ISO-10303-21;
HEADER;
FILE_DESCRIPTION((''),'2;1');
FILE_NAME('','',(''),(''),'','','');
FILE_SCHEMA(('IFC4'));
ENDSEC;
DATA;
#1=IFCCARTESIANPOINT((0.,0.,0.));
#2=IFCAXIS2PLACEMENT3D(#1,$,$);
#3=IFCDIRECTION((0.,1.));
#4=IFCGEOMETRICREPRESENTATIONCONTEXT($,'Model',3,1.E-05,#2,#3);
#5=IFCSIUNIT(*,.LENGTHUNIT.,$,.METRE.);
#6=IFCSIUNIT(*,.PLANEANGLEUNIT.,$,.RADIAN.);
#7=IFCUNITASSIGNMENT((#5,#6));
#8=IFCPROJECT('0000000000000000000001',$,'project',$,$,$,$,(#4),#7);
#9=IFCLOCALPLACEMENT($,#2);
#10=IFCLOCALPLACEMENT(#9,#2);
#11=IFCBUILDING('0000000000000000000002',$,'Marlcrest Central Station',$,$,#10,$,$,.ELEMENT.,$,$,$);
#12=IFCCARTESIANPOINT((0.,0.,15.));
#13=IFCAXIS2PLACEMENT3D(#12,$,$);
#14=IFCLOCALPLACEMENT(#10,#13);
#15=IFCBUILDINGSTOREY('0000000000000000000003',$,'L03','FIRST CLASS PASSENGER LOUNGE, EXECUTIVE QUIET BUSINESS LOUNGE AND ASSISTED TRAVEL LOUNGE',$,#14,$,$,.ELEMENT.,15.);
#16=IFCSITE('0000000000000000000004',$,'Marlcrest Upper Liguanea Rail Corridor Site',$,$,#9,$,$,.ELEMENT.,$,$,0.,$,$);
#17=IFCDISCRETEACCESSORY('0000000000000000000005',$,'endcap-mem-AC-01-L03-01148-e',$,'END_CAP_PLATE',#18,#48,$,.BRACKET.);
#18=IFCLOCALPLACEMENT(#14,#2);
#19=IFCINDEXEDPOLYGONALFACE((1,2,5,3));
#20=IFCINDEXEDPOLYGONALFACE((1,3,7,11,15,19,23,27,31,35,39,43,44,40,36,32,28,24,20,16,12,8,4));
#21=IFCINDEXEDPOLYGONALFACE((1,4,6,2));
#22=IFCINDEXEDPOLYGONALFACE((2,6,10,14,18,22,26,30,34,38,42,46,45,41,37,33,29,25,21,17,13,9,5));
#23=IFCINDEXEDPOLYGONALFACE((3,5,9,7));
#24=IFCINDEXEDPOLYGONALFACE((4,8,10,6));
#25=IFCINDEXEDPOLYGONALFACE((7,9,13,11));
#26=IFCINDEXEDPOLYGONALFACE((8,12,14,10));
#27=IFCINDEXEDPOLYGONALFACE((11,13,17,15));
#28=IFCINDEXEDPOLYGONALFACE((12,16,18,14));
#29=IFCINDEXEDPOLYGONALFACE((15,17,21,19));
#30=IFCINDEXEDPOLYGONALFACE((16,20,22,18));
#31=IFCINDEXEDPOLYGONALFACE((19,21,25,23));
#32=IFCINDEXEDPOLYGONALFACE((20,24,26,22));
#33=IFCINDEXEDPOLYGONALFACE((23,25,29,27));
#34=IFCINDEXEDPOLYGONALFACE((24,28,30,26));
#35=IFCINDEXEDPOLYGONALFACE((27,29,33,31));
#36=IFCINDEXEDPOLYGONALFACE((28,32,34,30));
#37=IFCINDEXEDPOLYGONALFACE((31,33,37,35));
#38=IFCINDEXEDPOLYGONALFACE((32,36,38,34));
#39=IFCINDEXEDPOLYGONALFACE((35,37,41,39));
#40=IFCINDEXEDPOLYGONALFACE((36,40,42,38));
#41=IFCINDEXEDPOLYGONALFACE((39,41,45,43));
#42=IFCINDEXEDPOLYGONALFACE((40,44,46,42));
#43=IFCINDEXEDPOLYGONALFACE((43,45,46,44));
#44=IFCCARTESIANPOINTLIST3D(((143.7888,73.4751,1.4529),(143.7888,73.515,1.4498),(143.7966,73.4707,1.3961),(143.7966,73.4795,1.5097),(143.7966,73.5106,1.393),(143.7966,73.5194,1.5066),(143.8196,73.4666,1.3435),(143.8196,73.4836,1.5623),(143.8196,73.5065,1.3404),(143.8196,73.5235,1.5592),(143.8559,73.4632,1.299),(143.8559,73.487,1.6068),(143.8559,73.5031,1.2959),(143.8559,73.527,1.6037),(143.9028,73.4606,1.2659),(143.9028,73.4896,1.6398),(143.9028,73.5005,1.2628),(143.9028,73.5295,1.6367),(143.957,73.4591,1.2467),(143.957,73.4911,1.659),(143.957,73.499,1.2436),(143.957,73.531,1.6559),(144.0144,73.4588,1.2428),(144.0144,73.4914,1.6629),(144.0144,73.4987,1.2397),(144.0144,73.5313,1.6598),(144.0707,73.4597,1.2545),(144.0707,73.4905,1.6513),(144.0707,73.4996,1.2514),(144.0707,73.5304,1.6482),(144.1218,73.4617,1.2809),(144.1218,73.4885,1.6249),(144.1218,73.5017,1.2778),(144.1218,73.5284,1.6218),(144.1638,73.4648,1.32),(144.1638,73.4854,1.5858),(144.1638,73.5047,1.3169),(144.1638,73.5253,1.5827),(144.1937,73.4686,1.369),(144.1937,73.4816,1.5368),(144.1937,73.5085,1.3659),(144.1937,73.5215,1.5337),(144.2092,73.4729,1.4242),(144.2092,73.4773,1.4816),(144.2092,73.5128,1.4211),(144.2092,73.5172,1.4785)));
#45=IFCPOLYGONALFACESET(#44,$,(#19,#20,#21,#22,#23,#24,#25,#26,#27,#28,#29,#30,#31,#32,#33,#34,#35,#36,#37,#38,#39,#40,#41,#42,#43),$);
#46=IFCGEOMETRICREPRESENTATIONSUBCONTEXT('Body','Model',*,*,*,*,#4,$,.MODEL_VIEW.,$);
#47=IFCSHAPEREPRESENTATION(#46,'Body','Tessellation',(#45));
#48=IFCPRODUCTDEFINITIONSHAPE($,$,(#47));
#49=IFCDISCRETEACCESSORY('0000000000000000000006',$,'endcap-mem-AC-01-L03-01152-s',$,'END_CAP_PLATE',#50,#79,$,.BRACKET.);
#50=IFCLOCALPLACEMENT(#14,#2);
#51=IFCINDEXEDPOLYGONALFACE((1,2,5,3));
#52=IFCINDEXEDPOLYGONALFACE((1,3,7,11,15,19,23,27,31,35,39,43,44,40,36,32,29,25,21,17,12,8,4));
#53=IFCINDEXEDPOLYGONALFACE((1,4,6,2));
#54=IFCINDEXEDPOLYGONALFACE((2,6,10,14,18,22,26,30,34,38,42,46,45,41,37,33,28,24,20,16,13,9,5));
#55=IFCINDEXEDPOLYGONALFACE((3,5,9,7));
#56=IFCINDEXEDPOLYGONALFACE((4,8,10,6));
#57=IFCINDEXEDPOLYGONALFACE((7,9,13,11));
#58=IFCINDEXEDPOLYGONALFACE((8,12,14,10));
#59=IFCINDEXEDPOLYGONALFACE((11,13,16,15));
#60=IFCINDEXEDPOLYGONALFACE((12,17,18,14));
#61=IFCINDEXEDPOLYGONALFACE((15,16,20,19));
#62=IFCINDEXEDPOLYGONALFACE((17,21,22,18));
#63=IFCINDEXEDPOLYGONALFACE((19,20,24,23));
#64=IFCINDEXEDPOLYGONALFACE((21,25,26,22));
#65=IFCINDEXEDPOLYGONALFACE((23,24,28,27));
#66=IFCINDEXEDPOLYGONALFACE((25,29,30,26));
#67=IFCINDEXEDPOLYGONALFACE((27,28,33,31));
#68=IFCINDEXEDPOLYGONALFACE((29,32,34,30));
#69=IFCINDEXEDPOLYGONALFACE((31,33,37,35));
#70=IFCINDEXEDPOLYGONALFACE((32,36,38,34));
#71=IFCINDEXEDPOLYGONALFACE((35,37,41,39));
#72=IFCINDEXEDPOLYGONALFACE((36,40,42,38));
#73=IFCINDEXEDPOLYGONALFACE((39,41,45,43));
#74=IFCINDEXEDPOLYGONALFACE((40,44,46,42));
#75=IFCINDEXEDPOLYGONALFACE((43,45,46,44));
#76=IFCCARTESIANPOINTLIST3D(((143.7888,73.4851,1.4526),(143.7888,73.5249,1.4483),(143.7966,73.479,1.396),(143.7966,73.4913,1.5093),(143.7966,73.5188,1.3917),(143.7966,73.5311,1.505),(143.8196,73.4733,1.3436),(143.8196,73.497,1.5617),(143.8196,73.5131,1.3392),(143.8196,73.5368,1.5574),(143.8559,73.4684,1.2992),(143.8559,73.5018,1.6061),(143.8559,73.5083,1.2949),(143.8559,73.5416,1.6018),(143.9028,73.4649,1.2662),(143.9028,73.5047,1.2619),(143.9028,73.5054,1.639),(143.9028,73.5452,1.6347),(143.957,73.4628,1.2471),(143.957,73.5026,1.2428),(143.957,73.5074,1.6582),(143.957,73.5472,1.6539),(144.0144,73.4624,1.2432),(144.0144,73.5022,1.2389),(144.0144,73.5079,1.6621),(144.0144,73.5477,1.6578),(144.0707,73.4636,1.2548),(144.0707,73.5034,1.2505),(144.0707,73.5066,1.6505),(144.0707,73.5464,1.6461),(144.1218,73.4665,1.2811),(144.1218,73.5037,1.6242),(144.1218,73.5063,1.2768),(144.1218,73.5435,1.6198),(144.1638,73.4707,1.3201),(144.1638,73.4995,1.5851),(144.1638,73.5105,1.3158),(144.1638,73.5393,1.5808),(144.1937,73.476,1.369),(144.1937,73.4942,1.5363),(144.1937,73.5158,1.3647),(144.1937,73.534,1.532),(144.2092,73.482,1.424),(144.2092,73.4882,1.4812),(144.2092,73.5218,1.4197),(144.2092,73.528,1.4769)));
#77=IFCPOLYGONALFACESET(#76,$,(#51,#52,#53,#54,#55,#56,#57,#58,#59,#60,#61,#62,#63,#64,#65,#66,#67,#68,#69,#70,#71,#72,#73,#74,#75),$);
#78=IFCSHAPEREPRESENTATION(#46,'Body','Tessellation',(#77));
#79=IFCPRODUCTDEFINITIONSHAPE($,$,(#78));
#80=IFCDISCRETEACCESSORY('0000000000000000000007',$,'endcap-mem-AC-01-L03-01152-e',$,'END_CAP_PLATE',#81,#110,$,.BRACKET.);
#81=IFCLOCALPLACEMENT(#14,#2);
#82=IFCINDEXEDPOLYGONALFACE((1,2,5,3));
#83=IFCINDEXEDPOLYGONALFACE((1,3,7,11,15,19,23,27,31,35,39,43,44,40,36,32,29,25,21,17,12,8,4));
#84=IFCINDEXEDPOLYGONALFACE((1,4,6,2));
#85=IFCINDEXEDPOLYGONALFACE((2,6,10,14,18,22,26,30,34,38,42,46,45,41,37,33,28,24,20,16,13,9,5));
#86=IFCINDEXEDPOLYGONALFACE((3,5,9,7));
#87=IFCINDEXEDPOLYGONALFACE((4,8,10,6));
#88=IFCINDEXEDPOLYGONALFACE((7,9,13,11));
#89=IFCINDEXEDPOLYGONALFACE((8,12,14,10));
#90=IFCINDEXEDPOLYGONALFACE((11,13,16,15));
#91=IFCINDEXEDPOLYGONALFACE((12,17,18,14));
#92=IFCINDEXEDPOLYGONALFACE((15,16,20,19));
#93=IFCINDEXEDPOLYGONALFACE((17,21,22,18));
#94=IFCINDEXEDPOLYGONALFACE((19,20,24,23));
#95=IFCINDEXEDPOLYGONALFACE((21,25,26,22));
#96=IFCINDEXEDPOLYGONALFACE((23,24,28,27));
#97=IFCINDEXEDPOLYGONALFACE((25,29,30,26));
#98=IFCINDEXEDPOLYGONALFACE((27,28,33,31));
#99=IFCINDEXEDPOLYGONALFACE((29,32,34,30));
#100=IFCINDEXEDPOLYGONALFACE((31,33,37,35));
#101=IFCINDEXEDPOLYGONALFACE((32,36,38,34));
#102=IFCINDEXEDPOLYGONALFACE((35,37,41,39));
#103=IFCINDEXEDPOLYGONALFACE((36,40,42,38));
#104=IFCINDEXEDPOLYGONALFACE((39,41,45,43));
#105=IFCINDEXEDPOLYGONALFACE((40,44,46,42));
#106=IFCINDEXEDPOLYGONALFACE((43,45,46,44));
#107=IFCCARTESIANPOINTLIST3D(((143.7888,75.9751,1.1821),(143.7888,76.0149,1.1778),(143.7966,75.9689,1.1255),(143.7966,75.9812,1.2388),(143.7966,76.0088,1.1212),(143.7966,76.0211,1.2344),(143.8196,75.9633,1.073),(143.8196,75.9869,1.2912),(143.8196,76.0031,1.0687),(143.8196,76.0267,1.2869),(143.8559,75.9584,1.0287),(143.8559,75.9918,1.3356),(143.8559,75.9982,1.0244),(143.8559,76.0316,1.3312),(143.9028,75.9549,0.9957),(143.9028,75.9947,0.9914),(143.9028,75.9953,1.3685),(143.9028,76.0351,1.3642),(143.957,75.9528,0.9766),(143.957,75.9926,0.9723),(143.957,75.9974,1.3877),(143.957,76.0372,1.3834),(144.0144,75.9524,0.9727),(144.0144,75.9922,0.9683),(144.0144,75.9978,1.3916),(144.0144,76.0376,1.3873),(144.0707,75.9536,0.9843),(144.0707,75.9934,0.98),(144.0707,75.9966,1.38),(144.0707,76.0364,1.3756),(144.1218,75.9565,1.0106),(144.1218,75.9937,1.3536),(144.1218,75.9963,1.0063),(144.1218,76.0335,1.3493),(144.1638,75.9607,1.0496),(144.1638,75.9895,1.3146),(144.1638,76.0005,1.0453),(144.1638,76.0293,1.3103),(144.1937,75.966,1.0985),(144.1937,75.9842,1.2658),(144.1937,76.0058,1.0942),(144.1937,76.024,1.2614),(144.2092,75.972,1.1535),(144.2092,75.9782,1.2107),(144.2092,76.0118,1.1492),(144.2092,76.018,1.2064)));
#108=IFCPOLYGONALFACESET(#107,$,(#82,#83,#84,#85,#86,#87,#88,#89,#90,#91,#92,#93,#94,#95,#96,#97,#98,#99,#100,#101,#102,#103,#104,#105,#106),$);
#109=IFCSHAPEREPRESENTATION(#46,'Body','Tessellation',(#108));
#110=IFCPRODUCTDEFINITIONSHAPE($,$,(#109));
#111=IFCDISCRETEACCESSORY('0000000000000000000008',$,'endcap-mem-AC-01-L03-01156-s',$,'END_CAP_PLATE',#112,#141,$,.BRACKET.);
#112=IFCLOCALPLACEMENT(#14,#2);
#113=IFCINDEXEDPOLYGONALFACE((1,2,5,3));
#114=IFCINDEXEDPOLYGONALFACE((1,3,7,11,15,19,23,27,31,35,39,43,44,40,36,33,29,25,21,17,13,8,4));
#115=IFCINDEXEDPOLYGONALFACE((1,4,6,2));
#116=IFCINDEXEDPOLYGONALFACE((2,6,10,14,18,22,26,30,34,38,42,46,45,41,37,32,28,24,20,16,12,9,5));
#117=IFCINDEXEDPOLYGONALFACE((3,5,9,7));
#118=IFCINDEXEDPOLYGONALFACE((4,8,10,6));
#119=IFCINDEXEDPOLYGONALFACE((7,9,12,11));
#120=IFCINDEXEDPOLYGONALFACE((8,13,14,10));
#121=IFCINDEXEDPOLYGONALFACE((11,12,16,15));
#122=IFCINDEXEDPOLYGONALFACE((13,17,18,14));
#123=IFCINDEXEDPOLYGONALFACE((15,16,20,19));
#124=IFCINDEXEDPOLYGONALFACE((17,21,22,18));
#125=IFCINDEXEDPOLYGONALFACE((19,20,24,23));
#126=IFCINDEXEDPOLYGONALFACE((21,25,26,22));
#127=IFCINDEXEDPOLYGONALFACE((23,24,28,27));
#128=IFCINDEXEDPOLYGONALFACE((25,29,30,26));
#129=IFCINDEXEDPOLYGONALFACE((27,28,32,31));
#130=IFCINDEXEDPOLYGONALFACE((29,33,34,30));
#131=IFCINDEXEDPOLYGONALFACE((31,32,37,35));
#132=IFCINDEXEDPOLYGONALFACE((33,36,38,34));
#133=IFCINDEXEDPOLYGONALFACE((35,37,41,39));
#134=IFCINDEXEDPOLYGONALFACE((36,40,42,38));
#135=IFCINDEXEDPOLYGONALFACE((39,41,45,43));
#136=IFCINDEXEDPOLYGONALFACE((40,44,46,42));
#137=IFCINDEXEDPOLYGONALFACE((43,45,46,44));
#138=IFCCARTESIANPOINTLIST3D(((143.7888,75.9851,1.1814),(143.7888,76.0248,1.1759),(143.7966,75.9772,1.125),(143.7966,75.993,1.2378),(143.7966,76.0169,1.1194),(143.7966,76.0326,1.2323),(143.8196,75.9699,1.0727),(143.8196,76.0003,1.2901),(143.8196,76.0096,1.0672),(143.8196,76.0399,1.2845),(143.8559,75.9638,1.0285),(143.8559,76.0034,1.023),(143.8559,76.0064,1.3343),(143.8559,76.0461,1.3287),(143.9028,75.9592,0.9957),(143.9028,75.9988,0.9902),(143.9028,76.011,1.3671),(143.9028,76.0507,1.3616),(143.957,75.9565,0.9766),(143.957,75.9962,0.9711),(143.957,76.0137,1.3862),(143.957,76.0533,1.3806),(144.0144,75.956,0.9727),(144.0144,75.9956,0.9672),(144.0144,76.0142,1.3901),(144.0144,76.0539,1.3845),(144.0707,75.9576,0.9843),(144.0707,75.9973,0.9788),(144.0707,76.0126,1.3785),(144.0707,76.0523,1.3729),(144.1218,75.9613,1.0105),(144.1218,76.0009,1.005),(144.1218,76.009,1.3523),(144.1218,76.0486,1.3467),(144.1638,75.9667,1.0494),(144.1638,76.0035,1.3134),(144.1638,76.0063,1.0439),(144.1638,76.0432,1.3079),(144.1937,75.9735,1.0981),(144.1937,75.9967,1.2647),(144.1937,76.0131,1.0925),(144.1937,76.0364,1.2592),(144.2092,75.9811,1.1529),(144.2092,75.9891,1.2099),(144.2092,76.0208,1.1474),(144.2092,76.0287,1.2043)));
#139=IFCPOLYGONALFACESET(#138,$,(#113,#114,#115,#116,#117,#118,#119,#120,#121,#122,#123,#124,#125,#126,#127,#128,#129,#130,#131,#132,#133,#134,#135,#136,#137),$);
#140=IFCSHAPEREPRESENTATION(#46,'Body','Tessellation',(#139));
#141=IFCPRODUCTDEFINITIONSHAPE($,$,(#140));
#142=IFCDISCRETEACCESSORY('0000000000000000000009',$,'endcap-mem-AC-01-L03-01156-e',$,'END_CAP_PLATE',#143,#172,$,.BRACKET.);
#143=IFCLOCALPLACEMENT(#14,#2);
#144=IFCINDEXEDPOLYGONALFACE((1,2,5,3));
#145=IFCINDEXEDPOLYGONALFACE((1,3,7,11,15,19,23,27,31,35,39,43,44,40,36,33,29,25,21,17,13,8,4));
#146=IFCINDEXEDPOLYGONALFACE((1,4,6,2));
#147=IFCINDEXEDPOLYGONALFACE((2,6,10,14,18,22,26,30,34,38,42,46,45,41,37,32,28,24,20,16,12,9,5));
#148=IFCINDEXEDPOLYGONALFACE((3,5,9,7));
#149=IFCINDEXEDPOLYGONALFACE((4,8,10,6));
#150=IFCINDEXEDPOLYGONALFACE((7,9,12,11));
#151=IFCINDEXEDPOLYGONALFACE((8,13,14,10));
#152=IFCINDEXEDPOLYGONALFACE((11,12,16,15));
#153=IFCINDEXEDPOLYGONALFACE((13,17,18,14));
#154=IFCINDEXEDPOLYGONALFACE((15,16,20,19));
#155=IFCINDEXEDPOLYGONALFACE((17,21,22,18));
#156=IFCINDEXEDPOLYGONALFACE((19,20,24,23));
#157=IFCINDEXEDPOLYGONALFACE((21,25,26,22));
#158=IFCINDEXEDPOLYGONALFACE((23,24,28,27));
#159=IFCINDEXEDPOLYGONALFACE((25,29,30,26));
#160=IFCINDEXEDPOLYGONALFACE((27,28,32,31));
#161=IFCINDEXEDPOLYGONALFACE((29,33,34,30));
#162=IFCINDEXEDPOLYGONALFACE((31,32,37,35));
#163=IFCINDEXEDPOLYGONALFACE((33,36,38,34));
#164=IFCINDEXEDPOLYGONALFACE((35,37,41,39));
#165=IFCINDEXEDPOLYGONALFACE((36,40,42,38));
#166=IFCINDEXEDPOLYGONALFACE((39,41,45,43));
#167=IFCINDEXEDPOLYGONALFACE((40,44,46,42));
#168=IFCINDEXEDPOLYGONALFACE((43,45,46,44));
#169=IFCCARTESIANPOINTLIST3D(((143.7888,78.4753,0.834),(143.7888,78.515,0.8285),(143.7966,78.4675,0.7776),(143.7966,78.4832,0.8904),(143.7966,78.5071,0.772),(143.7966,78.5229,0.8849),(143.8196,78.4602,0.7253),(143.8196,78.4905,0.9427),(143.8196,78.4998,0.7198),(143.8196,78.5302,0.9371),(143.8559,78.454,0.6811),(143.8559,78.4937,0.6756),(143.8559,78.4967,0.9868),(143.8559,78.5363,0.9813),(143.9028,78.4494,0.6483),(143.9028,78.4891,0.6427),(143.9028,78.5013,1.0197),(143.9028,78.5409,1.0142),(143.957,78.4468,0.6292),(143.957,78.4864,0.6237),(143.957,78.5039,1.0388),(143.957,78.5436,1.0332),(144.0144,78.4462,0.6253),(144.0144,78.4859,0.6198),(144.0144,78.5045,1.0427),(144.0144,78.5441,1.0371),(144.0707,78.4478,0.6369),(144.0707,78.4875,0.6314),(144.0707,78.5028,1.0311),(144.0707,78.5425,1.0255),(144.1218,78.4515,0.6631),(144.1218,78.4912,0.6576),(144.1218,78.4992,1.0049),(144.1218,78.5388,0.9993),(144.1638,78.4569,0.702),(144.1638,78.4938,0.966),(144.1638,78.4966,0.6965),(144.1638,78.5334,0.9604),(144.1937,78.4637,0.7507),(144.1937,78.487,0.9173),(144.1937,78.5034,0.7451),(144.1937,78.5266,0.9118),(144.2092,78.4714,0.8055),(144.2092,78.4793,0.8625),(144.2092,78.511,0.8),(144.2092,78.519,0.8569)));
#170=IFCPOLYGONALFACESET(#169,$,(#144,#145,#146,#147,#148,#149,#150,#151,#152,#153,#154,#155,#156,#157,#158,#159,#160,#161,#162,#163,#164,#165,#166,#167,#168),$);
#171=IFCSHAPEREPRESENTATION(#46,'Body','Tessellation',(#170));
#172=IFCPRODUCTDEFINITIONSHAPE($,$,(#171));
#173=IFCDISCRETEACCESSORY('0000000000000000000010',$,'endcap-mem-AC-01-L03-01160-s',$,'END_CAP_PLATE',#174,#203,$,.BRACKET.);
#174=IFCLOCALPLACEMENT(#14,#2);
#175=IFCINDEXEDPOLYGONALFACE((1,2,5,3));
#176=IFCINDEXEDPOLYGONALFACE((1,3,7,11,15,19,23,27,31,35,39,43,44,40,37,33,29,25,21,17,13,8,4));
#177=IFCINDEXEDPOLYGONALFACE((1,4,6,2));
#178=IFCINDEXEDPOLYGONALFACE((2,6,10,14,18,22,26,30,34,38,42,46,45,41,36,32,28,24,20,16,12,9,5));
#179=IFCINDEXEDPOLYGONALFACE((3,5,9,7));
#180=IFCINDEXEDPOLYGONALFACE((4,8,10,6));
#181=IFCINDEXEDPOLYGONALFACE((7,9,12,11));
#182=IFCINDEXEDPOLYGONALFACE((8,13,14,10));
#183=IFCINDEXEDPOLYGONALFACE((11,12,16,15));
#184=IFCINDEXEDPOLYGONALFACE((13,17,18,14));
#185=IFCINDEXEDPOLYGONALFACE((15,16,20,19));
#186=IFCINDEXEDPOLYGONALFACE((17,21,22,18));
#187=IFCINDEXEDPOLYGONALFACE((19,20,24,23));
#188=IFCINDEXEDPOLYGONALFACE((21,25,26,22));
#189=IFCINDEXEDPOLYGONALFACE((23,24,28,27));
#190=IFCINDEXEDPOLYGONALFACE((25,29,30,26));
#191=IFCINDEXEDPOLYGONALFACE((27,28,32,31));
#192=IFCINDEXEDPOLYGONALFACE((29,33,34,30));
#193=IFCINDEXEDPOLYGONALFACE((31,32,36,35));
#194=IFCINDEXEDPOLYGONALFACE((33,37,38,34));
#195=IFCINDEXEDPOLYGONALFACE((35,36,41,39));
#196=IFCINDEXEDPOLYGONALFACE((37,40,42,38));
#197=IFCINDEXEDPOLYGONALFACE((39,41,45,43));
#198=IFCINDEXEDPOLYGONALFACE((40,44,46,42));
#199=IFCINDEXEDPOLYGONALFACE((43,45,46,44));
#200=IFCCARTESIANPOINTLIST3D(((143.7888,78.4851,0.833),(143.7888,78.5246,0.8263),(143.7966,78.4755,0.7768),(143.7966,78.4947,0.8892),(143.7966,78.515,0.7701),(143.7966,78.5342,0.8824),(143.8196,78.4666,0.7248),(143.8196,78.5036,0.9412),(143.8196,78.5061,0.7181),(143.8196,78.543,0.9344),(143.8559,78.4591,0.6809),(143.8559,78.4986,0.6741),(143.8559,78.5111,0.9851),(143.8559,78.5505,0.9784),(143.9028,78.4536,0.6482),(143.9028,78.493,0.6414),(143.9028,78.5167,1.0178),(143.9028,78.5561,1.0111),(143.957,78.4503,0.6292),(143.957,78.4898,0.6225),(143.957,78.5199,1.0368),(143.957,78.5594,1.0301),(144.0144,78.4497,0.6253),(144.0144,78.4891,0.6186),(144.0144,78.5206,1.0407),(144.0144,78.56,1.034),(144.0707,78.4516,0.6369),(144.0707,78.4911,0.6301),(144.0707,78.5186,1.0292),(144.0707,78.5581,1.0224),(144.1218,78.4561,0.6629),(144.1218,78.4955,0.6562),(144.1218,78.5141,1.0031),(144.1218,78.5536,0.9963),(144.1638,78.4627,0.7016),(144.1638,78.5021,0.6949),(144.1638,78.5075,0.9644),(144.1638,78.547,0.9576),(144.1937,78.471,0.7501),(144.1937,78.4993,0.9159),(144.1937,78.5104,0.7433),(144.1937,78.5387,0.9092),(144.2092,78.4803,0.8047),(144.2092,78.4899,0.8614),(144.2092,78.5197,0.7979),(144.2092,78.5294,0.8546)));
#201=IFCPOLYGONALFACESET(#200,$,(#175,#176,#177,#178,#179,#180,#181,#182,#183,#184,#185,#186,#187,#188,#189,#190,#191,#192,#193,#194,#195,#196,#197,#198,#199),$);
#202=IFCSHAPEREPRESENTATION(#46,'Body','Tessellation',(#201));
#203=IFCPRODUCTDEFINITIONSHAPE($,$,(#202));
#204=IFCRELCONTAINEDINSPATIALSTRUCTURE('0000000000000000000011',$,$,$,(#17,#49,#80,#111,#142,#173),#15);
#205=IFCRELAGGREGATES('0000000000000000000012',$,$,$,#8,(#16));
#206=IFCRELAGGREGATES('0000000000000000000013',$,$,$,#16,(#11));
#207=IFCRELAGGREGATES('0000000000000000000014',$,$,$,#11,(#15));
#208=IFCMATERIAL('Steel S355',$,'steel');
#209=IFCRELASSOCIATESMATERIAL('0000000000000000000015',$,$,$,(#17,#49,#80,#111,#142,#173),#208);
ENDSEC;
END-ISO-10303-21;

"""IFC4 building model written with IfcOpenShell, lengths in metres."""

from ifc_helpers import new_model, si_unit, direction, frame, origin, origin_2d, place, context, subcontext, project, spatial, circle, extrude, material, element, save


model = new_model("IFC4")

# Units and contexts
model_context = context("Model", 3, precision=1e-05, world=origin(), true_north=direction((0.0, 1.0)))
body_context = subcontext(model_context, "Body", "Model", "MODEL_VIEW")
ifc_project = project(units=[si_unit("LENGTHUNIT", "METRE"), si_unit("PLANEANGLEUNIT", "RADIAN")], contexts=[model_context])

# Site, building, storey
site_placement = place(None, origin())
site = spatial("IfcSite", under=ifc_project, at=site_placement, Name="Marlcrest Upper Liguanea Rail Corridor Site", CompositionType="ELEMENT", RefElevation=0.0)
building_placement = place(site_placement, origin())
building = spatial("IfcBuilding", under=site, at=building_placement, Name="Marlcrest Central Station", CompositionType="ELEMENT")
storey_placement = place(building_placement, frame((0.0, 0.0, 15.0)))
storey = spatial("IfcBuildingStorey", under=building, at=storey_placement, Name="L03", Description="FIRST CLASS PASSENGER LOUNGE, EXECUTIVE QUIET BUSINESS LOUNGE AND ASSISTED TRAVEL LOUNGE", CompositionType="ELEMENT", Elevation=15.0)

# Shared definitions
ifc_material_1 = material(Name="Steel S355", Category="steel")

# Discrete accessories
for number, where, z_axis, x_axis, name in (
    (1, (144.0, 73.4751, 1.4529), (0.0, 0.997, -0.077404), (-1.0, 0.0, 0.0), "endcap-mem-AC-01-L03-01148-e"),
    (2, (144.0, 73.4851, 1.4526), (0.0, 0.994155, -0.107959), (-1.0, 0.0, 0.0), "endcap-mem-AC-01-L03-01152-s"),
    (3, (144.0, 75.9751, 1.1821), (0.0, 0.994155, -0.107959), (-1.0, 0.0, 0.0), "endcap-mem-AC-01-L03-01152-e"),
    (4, (144.0, 75.9851, 1.1814), (0.0, 0.990403, -0.138211), (-1.0, 0.0, 0.0), "endcap-mem-AC-01-L03-01156-s"),
    (5, (144.0, 78.4753, 0.834), (0.0, 0.990403, -0.138211), (-1.0, 0.0, 0.0), "endcap-mem-AC-01-L03-01156-e"),
    (6, (144.0, 78.4851, 0.833), (0.0, 0.985741, -0.168269), (-1.0, 0.0, 0.0), "endcap-mem-AC-01-L03-01160-s"),
):
    element("IfcDiscreteAccessory", number, at=place(storey_placement, frame(where, z_axis=z_axis, x_axis=x_axis)), inside=storey, material=ifc_material_1, Name=name, ObjectType="END_CAP_PLATE", PredefinedType="BRACKET", context=body_context, shape_type="SweptSolid", body=[
        extrude(circle(Radius=0.2112, at=origin_2d()), origin(), (0.0, 0.0, 1.0), 0.04),
    ])

save(model, "model.ifc")
